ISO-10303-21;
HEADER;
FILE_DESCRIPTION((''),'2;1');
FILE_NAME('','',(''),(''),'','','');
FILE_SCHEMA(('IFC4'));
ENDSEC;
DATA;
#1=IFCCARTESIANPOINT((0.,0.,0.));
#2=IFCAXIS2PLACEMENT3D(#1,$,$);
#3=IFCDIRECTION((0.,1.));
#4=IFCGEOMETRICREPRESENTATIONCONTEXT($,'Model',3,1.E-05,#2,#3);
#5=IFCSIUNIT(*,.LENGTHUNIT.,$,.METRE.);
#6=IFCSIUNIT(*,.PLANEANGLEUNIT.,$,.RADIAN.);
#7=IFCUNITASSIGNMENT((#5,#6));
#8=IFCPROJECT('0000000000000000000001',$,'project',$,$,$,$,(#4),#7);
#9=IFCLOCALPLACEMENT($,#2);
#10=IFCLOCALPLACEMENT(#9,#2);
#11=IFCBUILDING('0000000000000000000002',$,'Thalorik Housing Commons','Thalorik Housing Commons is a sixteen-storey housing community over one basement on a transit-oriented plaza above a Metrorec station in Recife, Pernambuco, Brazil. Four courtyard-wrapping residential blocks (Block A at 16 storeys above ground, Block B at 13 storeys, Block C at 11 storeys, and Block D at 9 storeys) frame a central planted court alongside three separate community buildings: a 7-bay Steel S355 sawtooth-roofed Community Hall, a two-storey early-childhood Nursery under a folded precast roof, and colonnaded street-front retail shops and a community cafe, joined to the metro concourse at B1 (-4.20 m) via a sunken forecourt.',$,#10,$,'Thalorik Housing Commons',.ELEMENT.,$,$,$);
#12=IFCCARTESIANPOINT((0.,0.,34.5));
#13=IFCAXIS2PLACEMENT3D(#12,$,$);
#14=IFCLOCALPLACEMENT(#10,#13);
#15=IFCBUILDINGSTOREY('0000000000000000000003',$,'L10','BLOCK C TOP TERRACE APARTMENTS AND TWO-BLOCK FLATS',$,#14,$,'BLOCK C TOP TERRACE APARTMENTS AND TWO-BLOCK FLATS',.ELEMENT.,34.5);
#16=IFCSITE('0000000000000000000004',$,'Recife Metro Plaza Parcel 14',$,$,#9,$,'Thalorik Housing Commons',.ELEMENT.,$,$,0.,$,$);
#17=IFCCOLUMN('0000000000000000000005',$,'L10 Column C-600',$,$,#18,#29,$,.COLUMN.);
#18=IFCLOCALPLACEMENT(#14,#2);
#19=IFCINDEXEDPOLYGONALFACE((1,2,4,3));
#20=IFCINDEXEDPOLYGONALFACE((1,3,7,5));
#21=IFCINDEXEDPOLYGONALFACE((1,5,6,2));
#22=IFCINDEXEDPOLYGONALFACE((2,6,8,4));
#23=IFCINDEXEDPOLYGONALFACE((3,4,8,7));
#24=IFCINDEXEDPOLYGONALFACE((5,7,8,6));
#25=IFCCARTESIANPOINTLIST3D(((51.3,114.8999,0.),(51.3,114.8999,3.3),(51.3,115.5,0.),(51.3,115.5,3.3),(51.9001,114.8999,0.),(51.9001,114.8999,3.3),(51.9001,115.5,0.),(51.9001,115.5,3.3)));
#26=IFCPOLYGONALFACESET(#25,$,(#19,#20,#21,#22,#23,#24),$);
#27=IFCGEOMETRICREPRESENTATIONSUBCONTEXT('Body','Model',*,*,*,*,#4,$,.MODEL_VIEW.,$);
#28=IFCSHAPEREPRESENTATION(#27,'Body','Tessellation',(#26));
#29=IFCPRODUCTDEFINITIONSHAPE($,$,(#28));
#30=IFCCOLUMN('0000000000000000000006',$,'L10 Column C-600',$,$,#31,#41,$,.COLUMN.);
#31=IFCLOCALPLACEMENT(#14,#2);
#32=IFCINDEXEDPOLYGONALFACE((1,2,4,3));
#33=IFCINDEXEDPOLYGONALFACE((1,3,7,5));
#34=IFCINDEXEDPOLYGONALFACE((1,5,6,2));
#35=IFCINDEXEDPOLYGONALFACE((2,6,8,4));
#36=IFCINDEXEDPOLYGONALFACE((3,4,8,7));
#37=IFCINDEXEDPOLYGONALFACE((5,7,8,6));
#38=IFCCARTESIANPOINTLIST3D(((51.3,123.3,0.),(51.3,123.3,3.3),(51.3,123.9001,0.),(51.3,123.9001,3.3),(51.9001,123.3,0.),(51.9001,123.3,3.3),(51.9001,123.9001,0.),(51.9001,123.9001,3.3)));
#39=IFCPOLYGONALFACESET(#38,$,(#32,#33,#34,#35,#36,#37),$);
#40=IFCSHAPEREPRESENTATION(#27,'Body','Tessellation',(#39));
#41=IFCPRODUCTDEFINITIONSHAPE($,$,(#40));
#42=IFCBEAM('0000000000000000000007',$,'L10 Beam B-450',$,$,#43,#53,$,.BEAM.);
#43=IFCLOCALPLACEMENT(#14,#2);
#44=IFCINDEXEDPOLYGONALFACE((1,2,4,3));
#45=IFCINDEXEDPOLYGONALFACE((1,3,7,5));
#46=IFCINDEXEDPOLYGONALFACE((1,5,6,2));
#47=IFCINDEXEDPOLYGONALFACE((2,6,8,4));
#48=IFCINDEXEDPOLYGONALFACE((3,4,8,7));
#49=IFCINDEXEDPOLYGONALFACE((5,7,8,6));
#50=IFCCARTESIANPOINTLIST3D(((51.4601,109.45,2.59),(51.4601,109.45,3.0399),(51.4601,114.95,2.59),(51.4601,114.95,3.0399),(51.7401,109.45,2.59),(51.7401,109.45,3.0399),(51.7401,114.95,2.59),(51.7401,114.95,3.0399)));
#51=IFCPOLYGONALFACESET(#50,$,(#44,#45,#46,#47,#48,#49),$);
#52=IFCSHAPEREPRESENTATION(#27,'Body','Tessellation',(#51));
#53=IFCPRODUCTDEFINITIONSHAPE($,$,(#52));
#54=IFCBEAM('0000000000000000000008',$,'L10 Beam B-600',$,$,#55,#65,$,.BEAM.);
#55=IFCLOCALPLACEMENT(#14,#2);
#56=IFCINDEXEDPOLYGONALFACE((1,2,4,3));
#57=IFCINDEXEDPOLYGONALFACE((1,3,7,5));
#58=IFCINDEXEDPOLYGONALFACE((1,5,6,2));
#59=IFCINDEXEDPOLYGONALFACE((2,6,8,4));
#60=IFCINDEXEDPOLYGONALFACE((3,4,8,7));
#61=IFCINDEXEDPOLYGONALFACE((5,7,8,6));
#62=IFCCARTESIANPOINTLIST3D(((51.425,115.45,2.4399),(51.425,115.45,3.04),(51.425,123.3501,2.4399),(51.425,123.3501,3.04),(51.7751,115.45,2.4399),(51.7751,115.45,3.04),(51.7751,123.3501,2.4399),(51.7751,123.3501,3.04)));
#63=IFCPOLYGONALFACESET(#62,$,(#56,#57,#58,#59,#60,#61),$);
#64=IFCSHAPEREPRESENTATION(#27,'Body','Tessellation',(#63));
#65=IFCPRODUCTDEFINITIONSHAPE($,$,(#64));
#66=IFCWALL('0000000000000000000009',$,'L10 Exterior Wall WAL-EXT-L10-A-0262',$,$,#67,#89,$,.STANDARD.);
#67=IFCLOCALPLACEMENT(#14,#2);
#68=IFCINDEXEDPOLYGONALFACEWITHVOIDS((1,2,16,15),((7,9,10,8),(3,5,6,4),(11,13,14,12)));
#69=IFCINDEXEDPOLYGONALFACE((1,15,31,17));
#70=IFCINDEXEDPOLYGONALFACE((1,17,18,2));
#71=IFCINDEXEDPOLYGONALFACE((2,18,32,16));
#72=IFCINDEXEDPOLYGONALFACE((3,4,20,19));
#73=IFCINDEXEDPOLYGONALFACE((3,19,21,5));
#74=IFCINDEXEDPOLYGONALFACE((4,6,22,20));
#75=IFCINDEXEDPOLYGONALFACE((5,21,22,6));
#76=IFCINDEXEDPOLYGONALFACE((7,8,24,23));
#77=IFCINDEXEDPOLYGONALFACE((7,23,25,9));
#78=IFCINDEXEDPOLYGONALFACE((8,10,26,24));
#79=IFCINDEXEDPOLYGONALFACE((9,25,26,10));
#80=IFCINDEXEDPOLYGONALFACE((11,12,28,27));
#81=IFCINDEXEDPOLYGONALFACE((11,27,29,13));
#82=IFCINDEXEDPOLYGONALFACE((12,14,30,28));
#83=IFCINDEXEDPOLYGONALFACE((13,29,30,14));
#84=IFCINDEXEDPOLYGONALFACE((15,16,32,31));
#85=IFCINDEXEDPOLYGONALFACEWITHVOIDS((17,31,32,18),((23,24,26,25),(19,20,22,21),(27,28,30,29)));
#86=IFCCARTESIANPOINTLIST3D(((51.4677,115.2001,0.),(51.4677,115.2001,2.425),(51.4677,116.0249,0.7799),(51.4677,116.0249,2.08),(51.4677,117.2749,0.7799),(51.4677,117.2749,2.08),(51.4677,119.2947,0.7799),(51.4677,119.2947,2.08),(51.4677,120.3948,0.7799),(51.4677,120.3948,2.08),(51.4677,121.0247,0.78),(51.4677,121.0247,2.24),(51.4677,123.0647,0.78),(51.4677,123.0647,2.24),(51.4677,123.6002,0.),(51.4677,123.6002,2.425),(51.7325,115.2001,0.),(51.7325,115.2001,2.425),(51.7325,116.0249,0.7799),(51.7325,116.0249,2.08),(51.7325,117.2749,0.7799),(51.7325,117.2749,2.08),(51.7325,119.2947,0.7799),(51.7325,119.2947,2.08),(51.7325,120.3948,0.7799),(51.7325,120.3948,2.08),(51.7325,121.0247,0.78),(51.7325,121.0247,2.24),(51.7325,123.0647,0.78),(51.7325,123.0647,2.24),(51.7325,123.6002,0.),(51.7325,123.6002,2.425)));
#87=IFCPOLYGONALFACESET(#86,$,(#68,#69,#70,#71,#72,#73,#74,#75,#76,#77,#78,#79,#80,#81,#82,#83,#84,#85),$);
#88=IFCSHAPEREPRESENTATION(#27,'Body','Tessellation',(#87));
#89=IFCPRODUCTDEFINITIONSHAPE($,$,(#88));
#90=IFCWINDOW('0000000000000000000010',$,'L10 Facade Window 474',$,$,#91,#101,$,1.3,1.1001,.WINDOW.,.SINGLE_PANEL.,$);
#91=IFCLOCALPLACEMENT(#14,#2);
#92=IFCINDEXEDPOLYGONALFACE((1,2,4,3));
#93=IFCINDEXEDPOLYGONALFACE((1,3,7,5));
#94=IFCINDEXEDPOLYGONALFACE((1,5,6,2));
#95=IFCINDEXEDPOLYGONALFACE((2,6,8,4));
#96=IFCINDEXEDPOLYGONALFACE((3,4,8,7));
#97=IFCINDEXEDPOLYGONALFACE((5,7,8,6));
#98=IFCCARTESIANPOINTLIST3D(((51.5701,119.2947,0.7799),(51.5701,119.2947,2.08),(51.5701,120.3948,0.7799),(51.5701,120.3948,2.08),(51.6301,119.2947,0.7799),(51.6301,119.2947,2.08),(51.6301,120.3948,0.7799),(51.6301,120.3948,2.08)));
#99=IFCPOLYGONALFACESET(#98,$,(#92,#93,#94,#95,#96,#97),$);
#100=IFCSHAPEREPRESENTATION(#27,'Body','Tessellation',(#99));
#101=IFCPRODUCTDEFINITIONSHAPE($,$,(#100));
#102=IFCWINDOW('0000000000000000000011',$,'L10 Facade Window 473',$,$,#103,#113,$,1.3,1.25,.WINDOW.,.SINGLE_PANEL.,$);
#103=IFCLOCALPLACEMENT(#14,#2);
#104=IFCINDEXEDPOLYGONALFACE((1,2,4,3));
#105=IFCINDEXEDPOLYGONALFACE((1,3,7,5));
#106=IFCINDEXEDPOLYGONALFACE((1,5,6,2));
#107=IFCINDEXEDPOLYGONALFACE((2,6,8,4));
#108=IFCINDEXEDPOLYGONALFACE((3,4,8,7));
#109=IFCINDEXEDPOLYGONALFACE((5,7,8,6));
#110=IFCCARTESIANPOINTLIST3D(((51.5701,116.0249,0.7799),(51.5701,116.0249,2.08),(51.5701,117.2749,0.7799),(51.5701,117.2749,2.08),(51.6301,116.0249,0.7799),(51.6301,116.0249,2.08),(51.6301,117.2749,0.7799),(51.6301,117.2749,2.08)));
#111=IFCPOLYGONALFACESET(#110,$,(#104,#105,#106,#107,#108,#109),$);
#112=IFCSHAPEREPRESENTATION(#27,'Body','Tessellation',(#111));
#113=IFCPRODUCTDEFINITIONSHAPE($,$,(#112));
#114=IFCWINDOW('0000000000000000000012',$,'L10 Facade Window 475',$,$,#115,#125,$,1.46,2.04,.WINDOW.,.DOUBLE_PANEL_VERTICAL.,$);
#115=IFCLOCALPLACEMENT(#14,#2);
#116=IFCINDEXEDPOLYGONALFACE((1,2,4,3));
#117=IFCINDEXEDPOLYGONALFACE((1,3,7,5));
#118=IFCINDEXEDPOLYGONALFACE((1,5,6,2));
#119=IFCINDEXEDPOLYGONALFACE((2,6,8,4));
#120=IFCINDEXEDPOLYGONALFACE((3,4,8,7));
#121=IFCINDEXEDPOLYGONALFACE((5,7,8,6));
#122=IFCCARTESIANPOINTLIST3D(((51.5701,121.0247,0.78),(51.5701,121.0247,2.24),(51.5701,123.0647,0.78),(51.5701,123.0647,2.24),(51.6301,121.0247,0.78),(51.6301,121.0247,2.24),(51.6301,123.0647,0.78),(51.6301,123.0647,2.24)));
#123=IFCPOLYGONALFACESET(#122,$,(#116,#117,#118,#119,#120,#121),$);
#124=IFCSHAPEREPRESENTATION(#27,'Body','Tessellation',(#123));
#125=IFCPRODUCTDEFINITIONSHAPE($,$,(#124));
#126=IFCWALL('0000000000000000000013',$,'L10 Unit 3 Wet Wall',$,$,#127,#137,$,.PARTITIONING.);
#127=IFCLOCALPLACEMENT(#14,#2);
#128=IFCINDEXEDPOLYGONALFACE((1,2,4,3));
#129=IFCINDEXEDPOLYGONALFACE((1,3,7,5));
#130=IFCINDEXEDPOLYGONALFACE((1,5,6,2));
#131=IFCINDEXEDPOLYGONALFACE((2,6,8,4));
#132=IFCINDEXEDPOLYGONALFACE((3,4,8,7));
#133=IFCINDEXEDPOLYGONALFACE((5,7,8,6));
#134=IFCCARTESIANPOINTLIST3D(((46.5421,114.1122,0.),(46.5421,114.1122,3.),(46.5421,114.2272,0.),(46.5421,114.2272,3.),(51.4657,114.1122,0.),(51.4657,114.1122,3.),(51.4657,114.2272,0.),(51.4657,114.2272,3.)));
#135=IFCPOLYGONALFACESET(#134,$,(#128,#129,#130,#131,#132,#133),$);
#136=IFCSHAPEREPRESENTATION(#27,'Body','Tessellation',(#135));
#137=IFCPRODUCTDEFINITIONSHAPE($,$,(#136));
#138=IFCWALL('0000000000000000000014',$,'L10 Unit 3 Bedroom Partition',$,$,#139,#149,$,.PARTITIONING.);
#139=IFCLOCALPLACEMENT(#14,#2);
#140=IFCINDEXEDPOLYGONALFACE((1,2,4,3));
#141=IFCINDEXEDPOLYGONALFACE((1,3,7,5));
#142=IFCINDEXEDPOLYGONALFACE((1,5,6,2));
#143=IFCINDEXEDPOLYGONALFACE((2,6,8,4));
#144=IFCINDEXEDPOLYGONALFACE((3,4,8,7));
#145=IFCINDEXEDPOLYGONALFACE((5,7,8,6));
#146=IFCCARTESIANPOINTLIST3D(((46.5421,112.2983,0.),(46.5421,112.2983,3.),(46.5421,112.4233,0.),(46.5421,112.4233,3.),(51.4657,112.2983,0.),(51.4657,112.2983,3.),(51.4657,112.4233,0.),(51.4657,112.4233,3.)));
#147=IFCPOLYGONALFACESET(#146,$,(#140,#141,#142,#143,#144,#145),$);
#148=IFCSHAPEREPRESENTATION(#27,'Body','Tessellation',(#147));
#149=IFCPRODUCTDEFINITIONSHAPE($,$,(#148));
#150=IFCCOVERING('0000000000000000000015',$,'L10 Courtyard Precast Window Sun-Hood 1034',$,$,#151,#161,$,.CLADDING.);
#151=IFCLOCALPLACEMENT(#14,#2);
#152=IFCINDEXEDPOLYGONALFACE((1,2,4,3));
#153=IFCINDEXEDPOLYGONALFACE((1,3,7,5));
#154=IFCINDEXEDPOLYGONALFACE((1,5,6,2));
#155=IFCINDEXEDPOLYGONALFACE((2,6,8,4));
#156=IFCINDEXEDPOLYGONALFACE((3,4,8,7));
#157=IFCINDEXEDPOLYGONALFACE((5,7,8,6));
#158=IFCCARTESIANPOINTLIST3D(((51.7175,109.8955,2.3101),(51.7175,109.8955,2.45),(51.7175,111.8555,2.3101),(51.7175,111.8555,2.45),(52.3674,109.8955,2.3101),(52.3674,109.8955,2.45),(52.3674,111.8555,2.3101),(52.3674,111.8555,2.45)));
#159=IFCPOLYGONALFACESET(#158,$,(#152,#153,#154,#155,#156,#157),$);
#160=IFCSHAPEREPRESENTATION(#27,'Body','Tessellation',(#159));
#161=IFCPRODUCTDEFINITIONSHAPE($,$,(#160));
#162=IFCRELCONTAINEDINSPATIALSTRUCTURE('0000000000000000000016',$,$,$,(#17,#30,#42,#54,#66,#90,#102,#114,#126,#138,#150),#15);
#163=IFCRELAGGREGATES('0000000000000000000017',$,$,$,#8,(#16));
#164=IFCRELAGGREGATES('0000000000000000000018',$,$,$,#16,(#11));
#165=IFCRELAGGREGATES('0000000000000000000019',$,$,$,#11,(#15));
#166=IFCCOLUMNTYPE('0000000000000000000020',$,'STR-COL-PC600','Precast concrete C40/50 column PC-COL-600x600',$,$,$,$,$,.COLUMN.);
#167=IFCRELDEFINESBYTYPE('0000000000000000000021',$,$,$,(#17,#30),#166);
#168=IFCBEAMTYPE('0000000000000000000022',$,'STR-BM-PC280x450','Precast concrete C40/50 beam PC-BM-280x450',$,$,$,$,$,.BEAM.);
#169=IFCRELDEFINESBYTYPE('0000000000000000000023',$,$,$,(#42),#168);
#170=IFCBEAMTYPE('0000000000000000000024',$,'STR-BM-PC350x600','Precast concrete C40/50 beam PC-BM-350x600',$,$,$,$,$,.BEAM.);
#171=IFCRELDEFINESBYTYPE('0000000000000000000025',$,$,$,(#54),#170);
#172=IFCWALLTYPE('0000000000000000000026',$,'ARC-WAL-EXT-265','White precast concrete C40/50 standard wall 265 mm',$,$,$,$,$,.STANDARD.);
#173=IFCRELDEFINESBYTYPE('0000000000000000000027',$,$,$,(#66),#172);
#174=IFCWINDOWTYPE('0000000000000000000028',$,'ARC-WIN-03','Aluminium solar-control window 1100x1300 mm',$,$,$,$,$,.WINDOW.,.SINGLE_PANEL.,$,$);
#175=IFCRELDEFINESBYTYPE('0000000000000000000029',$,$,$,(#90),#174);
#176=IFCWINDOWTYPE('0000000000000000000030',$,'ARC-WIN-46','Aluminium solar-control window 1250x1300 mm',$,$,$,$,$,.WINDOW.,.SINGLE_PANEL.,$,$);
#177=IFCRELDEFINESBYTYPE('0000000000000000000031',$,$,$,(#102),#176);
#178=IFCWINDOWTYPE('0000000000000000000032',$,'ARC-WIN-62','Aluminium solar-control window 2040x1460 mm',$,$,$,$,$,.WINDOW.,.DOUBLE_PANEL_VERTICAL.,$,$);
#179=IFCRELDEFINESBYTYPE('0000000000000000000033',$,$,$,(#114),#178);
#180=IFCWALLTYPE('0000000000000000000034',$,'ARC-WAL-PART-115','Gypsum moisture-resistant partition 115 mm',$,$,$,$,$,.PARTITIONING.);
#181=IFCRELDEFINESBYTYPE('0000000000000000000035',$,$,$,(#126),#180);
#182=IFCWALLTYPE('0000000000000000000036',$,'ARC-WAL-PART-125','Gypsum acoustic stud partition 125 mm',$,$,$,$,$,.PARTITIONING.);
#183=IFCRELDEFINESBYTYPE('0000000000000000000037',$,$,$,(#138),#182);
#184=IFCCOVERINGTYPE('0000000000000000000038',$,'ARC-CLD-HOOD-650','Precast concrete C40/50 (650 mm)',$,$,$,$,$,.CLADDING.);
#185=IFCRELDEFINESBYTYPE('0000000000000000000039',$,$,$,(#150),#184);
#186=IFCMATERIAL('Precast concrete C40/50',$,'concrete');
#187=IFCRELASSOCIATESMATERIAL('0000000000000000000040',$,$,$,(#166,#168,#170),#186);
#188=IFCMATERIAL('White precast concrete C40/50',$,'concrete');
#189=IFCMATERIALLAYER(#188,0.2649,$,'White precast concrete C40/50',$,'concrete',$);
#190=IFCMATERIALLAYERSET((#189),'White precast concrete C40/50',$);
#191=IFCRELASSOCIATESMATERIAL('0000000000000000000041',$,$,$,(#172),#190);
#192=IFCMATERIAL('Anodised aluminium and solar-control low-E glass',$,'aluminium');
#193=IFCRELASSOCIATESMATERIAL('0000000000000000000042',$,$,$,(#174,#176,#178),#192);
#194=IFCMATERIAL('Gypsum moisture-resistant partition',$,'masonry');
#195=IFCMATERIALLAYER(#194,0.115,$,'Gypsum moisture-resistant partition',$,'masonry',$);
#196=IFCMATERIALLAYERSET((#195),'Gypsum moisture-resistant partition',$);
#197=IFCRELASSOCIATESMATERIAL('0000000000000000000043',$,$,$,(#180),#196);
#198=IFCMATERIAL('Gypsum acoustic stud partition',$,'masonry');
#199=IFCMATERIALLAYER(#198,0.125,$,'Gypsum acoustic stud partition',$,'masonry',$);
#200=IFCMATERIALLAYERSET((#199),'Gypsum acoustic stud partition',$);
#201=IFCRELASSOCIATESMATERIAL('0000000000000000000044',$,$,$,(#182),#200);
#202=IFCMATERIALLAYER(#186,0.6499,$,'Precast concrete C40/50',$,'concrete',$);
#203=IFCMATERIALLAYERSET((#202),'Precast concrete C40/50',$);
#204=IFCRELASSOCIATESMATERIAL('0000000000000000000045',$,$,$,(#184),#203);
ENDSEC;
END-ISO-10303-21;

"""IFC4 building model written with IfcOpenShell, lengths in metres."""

from ifc_helpers import new_model, si_unit, direction, frame, frame_2d, origin, origin_2d, place, context, subcontext, project, spatial, rectangle, extrude, material, layer, layer_set, material_profile, profile_set, type_object, element, fill, save


model = new_model("IFC4")

# Units and contexts
model_context = context("Model", 3, precision=1e-05, world=origin(), true_north=direction((0.0, 1.0)))
body_context = subcontext(model_context, "Body", "Model", "MODEL_VIEW")
ifc_project = project(units=[si_unit("LENGTHUNIT", "METRE"), si_unit("PLANEANGLEUNIT", "RADIAN")], contexts=[model_context])

# Site, building, storey
site_placement = place(None, origin())
site = spatial("IfcSite", under=ifc_project, at=site_placement, Name="Recife Metro Plaza Parcel 14", LongName="Thalorik Housing Commons", CompositionType="ELEMENT", RefElevation=0.0)
building_placement = place(site_placement, origin())
building = spatial("IfcBuilding", under=site, at=building_placement, Name="Thalorik Housing Commons", Description="Thalorik Housing Commons is a sixteen-storey housing community over one basement on a transit-oriented plaza above a Metrorec station in Recife, Pernambuco, Brazil. Four courtyard-wrapping residential blocks (Block A at 16 storeys above ground, Block B at 13 storeys, Block C at 11 storeys, and Block D at 9 storeys) frame a central planted court alongside three separate community buildings: a 7-bay Steel S355 sawtooth-roofed Community Hall, a two-storey early-childhood Nursery under a folded precast roof, and colonnaded street-front retail shops and a community cafe, joined to the metro concourse at B1 (-4.20 m) via a sunken forecourt.", LongName="Thalorik Housing Commons", CompositionType="ELEMENT")
storey_placement = place(building_placement, frame((0.0, 0.0, 34.5)))
storey = spatial("IfcBuildingStorey", under=building, at=storey_placement, Name="L10", Description="BLOCK C TOP TERRACE APARTMENTS AND TWO-BLOCK FLATS", LongName="BLOCK C TOP TERRACE APARTMENTS AND TWO-BLOCK FLATS", CompositionType="ELEMENT", Elevation=34.5)

# Columns
ifc_material_1 = material(Name="Precast concrete C40/50", Category="concrete")
ifc_material_profile_1 = material_profile(ifc_material_1, rectangle(XDim=0.6001, YDim=0.6001, at=origin_2d()), Name="PC 600x600", Category="concrete")
ifc_profile_set_1 = profile_set([ifc_material_profile_1], Name="Precast concrete C40/50")
column_type = type_object("IfcColumnType", Name="STR-COL-PC600", Description="Precast concrete C40/50 column PC-COL-600x600", PredefinedType="COLUMN", material=ifc_profile_set_1)
for number, where, z_axis, x_axis, name in (
    (1, (51.6001, 115.2, 0.0), (0.0, 0.0, 1.0), (1.0, 0.0, 0.0), "L10 Column C-600"),
    (2, (51.6001, 123.6001, 0.0), (0.0, 0.0, 1.0), (1.0, 0.0, 0.0), "L10 Column C-600"),
):
    element("IfcColumn", number, at=place(storey_placement, frame(where, z_axis=z_axis, x_axis=x_axis)), inside=storey, type_object=column_type, Name=name, PredefinedType="COLUMN", context=body_context, shape_type="SweptSolid", body=[
        extrude(rectangle(XDim=0.6001, YDim=0.6001, at=origin_2d()), origin(), (0.0, 0.0, 1.0), 3.3),
    ])

# Beams
ifc_material_profile_2 = material_profile(ifc_material_1, rectangle(XDim=0.28, YDim=0.45, at=origin_2d()), Name="PC 280x450", Category="concrete")
ifc_profile_set_2 = profile_set([ifc_material_profile_2], Name="Precast concrete C40/50")
beam_type_1 = type_object("IfcBeamType", Name="STR-BM-PC280x450", Description="Precast concrete C40/50 beam PC-BM-280x450", PredefinedType="BEAM", material=ifc_profile_set_2)
beam_1_placement = place(storey_placement, frame((51.6001, 109.45, 2.8149), z_axis=(0.0, 1.0, 0.0), x_axis=(-1.0, 0.0, 0.0)))
element("IfcBeam", 3, at=beam_1_placement, inside=storey, type_object=beam_type_1, Name="L10 Beam B-450", PredefinedType="BEAM", context=body_context, shape_type="SweptSolid", body=[
    extrude(rectangle(XDim=0.28, YDim=0.45, at=origin_2d()), origin(), (0.0, 0.0, 1.0), 5.5),
])
ifc_material_profile_3 = material_profile(ifc_material_1, rectangle(XDim=0.3501, YDim=0.6001, at=origin_2d()), Name="PC 350x600", Category="concrete")
ifc_profile_set_3 = profile_set([ifc_material_profile_3], Name="Precast concrete C40/50")
beam_type_2 = type_object("IfcBeamType", Name="STR-BM-PC350x600", Description="Precast concrete C40/50 beam PC-BM-350x600", PredefinedType="BEAM", material=ifc_profile_set_3)
beam_2_placement = place(storey_placement, frame((51.6001, 115.45, 2.74), z_axis=(0.0, 1.0, 0.0), x_axis=(-1.0, 0.0, 0.0)))
element("IfcBeam", 4, at=beam_2_placement, inside=storey, type_object=beam_type_2, Name="L10 Beam B-600", PredefinedType="BEAM", context=body_context, shape_type="SweptSolid", body=[
    extrude(rectangle(XDim=0.3501, YDim=0.6001, at=origin_2d()), origin(), (0.0, 0.0, 1.0), 7.9001),
])

# Wall, openings, windows
ifc_material_2 = material(Name="White precast concrete C40/50", Category="concrete")
ifc_layer_1 = layer(ifc_material_2, 0.2649, Name="White precast concrete C40/50", Category="concrete")
ifc_layer_set_1 = layer_set([ifc_layer_1], Name="White precast concrete C40/50")
wall_type_1 = type_object("IfcWallType", Name="ARC-WAL-EXT-265", Description="White precast concrete C40/50 standard wall 265 mm", PredefinedType="STANDARD", material=ifc_layer_set_1)
wall_1_placement = place(storey_placement, frame((51.6001, 115.2, 0.0), z_axis=(0.0, 0.0, 1.0), x_axis=(0.0, 1.0, 0.0)))
wall_1 = element("IfcWall", 5, at=wall_1_placement, inside=storey, type_object=wall_type_1, Name="L10 Exterior Wall WAL-EXT-L10-A-0262", PredefinedType="STANDARD", context=body_context, shape_type="SweptSolid", body=[
    extrude(rectangle(XDim=8.4001, YDim=0.2649, at=frame_2d((4.2002, 0.0))), origin(), (0.0, 0.0, 1.0), 2.425),
])
opening_1_placement = place(wall_1_placement, frame((0.825, 0.0, 0.78)))
opening_1 = element("IfcOpeningElement", 6, at=opening_1_placement, cuts=wall_1, PredefinedType="OPENING", context=body_context, shape_type="SweptSolid", body=[
    extrude(rectangle(XDim=1.25, YDim=1.3, at=frame_2d((0.625, 0.6499))), frame((0.0, 0.1426, 0.0), z_axis=(0.0, -1.0, 0.0), x_axis=(1.0, 0.0, 0.0)), (0.0, 0.0, 1.0), 0.2849),
])
opening_2_placement = place(wall_1_placement, frame((4.0947, 0.0, 0.78)))
opening_2 = element("IfcOpeningElement", 7, at=opening_2_placement, cuts=wall_1, PredefinedType="OPENING", context=body_context, shape_type="SweptSolid", body=[
    extrude(rectangle(XDim=1.1001, YDim=1.3, at=frame_2d((0.55, 0.6499))), frame((0.0, 0.1426, 0.0), z_axis=(0.0, -1.0, 0.0), x_axis=(1.0, 0.0, 0.0)), (0.0, 0.0, 1.0), 0.2849),
])
opening_3_placement = place(wall_1_placement, frame((5.8247, 0.0, 0.78)))
opening_3 = element("IfcOpeningElement", 8, at=opening_3_placement, cuts=wall_1, PredefinedType="OPENING", context=body_context, shape_type="SweptSolid", body=[
    extrude(rectangle(XDim=2.04, YDim=1.46, at=frame_2d((1.02, 0.73))), frame((0.0, 0.1426, 0.0), z_axis=(0.0, -1.0, 0.0), x_axis=(1.0, 0.0, 0.0)), (0.0, 0.0, 1.0), 0.2849),
])
ifc_material_3 = material(Name="Anodised aluminium and solar-control low-E glass", Category="aluminium")
window_type_1 = type_object("IfcWindowType", Name="ARC-WIN-03", Description="Aluminium solar-control window 1100x1300 mm", PartitioningType="SINGLE_PANEL", PredefinedType="WINDOW", material=ifc_material_3)
window_1_placement = place(opening_2_placement, origin())
window_1 = element("IfcWindow", 9, at=window_1_placement, inside=storey, type_object=window_type_1, Name="L10 Facade Window 474", OverallHeight=1.3, OverallWidth=1.1001, PartitioningType="SINGLE_PANEL", PredefinedType="WINDOW", context=body_context, shape_type="SweptSolid", body=[
    extrude(rectangle(XDim=1.1001, YDim=1.3, at=frame_2d((0.55, 0.6499))), frame((0.0, 0.03, 0.0), z_axis=(0.0, -1.0, 0.0), x_axis=(1.0, 0.0, 0.0)), (0.0, 0.0, 1.0), 0.0601),
])
fill(opening_2, window_1)
window_type_2 = type_object("IfcWindowType", Name="ARC-WIN-46", Description="Aluminium solar-control window 1250x1300 mm", PartitioningType="SINGLE_PANEL", PredefinedType="WINDOW", material=ifc_material_3)
window_2_placement = place(opening_1_placement, origin())
window_2 = element("IfcWindow", 10, at=window_2_placement, inside=storey, type_object=window_type_2, Name="L10 Facade Window 473", OverallHeight=1.3, OverallWidth=1.25, PartitioningType="SINGLE_PANEL", PredefinedType="WINDOW", context=body_context, shape_type="SweptSolid", body=[
    extrude(rectangle(XDim=1.25, YDim=1.3, at=frame_2d((0.625, 0.6499))), frame((0.0, 0.03, 0.0), z_axis=(0.0, -1.0, 0.0), x_axis=(1.0, 0.0, 0.0)), (0.0, 0.0, 1.0), 0.0601),
])
fill(opening_1, window_2)
window_type_3 = type_object("IfcWindowType", Name="ARC-WIN-62", Description="Aluminium solar-control window 2040x1460 mm", PartitioningType="DOUBLE_PANEL_VERTICAL", PredefinedType="WINDOW", material=ifc_material_3)
window_3_placement = place(opening_3_placement, origin())
window_3 = element("IfcWindow", 11, at=window_3_placement, inside=storey, type_object=window_type_3, Name="L10 Facade Window 475", OverallHeight=1.46, OverallWidth=2.04, PartitioningType="DOUBLE_PANEL_VERTICAL", PredefinedType="WINDOW", context=body_context, shape_type="SweptSolid", body=[
    extrude(rectangle(XDim=2.04, YDim=1.46, at=frame_2d((1.02, 0.73))), frame((0.0, 0.03, 0.0), z_axis=(0.0, -1.0, 0.0), x_axis=(1.0, 0.0, 0.0)), (0.0, 0.0, 1.0), 0.0601),
])
fill(opening_3, window_3)

# Walls
ifc_material_4 = material(Name="Gypsum moisture-resistant partition", Category="masonry")
ifc_layer_2 = layer(ifc_material_4, 0.115, Name="Gypsum moisture-resistant partition", Category="masonry")
ifc_layer_set_2 = layer_set([ifc_layer_2], Name="Gypsum moisture-resistant partition")
wall_type_2 = type_object("IfcWallType", Name="ARC-WAL-PART-115", Description="Gypsum moisture-resistant partition 115 mm", PredefinedType="PARTITIONING", material=ifc_layer_set_2)
wall_2_placement = place(storey_placement, frame((46.542, 114.1697, 0.0), z_axis=(0.0, 0.0, 1.0), x_axis=(1.0, 0.0, 0.0)))
element("IfcWall", 12, at=wall_2_placement, inside=storey, type_object=wall_type_2, Name="L10 Unit 3 Wet Wall", PredefinedType="PARTITIONING", context=body_context, shape_type="SweptSolid", body=[
    extrude(rectangle(XDim=4.9236, YDim=0.115, at=frame_2d((2.4619, 0.0))), origin(), (0.0, 0.0, 1.0), 3.0),
])
ifc_material_5 = material(Name="Gypsum acoustic stud partition", Category="masonry")
ifc_layer_3 = layer(ifc_material_5, 0.125, Name="Gypsum acoustic stud partition", Category="masonry")
ifc_layer_set_3 = layer_set([ifc_layer_3], Name="Gypsum acoustic stud partition")
wall_type_3 = type_object("IfcWallType", Name="ARC-WAL-PART-125", Description="Gypsum acoustic stud partition 125 mm", PredefinedType="PARTITIONING", material=ifc_layer_set_3)
wall_3_placement = place(storey_placement, frame((46.542, 112.3608, 0.0), z_axis=(0.0, 0.0, 1.0), x_axis=(1.0, 0.0, 0.0)))
element("IfcWall", 13, at=wall_3_placement, inside=storey, type_object=wall_type_3, Name="L10 Unit 3 Bedroom Partition", PredefinedType="PARTITIONING", context=body_context, shape_type="SweptSolid", body=[
    extrude(rectangle(XDim=4.9236, YDim=0.125, at=frame_2d((2.4619, 0.0))), origin(), (0.0, 0.0, 1.0), 3.0),
])

# Covering
ifc_layer_4 = layer(ifc_material_1, 0.6499, Name="Precast concrete C40/50", Category="concrete")
ifc_layer_set_4 = layer_set([ifc_layer_4], Name="Precast concrete C40/50")
covering_type_1 = type_object("IfcCoveringType", Name="ARC-CLD-HOOD-650", Description="Precast concrete C40/50 (650 mm)", PredefinedType="CLADDING", material=ifc_layer_set_4)
covering_1_placement = place(storey_placement, frame((52.0425, 110.8755, 2.3101), z_axis=(0.0, 0.0, 1.0), x_axis=(0.0, 1.0, 0.0)))
element("IfcCovering", 14, at=covering_1_placement, inside=storey, type_object=covering_type_1, Name="L10 Courtyard Precast Window Sun-Hood 1034", PredefinedType="CLADDING", context=body_context, shape_type="SweptSolid", body=[
    extrude(rectangle(XDim=1.96, YDim=0.6499, at=origin_2d()), origin(), (0.0, 0.0, 1.0), 0.1399),
])

save(model, "model.ifc")
